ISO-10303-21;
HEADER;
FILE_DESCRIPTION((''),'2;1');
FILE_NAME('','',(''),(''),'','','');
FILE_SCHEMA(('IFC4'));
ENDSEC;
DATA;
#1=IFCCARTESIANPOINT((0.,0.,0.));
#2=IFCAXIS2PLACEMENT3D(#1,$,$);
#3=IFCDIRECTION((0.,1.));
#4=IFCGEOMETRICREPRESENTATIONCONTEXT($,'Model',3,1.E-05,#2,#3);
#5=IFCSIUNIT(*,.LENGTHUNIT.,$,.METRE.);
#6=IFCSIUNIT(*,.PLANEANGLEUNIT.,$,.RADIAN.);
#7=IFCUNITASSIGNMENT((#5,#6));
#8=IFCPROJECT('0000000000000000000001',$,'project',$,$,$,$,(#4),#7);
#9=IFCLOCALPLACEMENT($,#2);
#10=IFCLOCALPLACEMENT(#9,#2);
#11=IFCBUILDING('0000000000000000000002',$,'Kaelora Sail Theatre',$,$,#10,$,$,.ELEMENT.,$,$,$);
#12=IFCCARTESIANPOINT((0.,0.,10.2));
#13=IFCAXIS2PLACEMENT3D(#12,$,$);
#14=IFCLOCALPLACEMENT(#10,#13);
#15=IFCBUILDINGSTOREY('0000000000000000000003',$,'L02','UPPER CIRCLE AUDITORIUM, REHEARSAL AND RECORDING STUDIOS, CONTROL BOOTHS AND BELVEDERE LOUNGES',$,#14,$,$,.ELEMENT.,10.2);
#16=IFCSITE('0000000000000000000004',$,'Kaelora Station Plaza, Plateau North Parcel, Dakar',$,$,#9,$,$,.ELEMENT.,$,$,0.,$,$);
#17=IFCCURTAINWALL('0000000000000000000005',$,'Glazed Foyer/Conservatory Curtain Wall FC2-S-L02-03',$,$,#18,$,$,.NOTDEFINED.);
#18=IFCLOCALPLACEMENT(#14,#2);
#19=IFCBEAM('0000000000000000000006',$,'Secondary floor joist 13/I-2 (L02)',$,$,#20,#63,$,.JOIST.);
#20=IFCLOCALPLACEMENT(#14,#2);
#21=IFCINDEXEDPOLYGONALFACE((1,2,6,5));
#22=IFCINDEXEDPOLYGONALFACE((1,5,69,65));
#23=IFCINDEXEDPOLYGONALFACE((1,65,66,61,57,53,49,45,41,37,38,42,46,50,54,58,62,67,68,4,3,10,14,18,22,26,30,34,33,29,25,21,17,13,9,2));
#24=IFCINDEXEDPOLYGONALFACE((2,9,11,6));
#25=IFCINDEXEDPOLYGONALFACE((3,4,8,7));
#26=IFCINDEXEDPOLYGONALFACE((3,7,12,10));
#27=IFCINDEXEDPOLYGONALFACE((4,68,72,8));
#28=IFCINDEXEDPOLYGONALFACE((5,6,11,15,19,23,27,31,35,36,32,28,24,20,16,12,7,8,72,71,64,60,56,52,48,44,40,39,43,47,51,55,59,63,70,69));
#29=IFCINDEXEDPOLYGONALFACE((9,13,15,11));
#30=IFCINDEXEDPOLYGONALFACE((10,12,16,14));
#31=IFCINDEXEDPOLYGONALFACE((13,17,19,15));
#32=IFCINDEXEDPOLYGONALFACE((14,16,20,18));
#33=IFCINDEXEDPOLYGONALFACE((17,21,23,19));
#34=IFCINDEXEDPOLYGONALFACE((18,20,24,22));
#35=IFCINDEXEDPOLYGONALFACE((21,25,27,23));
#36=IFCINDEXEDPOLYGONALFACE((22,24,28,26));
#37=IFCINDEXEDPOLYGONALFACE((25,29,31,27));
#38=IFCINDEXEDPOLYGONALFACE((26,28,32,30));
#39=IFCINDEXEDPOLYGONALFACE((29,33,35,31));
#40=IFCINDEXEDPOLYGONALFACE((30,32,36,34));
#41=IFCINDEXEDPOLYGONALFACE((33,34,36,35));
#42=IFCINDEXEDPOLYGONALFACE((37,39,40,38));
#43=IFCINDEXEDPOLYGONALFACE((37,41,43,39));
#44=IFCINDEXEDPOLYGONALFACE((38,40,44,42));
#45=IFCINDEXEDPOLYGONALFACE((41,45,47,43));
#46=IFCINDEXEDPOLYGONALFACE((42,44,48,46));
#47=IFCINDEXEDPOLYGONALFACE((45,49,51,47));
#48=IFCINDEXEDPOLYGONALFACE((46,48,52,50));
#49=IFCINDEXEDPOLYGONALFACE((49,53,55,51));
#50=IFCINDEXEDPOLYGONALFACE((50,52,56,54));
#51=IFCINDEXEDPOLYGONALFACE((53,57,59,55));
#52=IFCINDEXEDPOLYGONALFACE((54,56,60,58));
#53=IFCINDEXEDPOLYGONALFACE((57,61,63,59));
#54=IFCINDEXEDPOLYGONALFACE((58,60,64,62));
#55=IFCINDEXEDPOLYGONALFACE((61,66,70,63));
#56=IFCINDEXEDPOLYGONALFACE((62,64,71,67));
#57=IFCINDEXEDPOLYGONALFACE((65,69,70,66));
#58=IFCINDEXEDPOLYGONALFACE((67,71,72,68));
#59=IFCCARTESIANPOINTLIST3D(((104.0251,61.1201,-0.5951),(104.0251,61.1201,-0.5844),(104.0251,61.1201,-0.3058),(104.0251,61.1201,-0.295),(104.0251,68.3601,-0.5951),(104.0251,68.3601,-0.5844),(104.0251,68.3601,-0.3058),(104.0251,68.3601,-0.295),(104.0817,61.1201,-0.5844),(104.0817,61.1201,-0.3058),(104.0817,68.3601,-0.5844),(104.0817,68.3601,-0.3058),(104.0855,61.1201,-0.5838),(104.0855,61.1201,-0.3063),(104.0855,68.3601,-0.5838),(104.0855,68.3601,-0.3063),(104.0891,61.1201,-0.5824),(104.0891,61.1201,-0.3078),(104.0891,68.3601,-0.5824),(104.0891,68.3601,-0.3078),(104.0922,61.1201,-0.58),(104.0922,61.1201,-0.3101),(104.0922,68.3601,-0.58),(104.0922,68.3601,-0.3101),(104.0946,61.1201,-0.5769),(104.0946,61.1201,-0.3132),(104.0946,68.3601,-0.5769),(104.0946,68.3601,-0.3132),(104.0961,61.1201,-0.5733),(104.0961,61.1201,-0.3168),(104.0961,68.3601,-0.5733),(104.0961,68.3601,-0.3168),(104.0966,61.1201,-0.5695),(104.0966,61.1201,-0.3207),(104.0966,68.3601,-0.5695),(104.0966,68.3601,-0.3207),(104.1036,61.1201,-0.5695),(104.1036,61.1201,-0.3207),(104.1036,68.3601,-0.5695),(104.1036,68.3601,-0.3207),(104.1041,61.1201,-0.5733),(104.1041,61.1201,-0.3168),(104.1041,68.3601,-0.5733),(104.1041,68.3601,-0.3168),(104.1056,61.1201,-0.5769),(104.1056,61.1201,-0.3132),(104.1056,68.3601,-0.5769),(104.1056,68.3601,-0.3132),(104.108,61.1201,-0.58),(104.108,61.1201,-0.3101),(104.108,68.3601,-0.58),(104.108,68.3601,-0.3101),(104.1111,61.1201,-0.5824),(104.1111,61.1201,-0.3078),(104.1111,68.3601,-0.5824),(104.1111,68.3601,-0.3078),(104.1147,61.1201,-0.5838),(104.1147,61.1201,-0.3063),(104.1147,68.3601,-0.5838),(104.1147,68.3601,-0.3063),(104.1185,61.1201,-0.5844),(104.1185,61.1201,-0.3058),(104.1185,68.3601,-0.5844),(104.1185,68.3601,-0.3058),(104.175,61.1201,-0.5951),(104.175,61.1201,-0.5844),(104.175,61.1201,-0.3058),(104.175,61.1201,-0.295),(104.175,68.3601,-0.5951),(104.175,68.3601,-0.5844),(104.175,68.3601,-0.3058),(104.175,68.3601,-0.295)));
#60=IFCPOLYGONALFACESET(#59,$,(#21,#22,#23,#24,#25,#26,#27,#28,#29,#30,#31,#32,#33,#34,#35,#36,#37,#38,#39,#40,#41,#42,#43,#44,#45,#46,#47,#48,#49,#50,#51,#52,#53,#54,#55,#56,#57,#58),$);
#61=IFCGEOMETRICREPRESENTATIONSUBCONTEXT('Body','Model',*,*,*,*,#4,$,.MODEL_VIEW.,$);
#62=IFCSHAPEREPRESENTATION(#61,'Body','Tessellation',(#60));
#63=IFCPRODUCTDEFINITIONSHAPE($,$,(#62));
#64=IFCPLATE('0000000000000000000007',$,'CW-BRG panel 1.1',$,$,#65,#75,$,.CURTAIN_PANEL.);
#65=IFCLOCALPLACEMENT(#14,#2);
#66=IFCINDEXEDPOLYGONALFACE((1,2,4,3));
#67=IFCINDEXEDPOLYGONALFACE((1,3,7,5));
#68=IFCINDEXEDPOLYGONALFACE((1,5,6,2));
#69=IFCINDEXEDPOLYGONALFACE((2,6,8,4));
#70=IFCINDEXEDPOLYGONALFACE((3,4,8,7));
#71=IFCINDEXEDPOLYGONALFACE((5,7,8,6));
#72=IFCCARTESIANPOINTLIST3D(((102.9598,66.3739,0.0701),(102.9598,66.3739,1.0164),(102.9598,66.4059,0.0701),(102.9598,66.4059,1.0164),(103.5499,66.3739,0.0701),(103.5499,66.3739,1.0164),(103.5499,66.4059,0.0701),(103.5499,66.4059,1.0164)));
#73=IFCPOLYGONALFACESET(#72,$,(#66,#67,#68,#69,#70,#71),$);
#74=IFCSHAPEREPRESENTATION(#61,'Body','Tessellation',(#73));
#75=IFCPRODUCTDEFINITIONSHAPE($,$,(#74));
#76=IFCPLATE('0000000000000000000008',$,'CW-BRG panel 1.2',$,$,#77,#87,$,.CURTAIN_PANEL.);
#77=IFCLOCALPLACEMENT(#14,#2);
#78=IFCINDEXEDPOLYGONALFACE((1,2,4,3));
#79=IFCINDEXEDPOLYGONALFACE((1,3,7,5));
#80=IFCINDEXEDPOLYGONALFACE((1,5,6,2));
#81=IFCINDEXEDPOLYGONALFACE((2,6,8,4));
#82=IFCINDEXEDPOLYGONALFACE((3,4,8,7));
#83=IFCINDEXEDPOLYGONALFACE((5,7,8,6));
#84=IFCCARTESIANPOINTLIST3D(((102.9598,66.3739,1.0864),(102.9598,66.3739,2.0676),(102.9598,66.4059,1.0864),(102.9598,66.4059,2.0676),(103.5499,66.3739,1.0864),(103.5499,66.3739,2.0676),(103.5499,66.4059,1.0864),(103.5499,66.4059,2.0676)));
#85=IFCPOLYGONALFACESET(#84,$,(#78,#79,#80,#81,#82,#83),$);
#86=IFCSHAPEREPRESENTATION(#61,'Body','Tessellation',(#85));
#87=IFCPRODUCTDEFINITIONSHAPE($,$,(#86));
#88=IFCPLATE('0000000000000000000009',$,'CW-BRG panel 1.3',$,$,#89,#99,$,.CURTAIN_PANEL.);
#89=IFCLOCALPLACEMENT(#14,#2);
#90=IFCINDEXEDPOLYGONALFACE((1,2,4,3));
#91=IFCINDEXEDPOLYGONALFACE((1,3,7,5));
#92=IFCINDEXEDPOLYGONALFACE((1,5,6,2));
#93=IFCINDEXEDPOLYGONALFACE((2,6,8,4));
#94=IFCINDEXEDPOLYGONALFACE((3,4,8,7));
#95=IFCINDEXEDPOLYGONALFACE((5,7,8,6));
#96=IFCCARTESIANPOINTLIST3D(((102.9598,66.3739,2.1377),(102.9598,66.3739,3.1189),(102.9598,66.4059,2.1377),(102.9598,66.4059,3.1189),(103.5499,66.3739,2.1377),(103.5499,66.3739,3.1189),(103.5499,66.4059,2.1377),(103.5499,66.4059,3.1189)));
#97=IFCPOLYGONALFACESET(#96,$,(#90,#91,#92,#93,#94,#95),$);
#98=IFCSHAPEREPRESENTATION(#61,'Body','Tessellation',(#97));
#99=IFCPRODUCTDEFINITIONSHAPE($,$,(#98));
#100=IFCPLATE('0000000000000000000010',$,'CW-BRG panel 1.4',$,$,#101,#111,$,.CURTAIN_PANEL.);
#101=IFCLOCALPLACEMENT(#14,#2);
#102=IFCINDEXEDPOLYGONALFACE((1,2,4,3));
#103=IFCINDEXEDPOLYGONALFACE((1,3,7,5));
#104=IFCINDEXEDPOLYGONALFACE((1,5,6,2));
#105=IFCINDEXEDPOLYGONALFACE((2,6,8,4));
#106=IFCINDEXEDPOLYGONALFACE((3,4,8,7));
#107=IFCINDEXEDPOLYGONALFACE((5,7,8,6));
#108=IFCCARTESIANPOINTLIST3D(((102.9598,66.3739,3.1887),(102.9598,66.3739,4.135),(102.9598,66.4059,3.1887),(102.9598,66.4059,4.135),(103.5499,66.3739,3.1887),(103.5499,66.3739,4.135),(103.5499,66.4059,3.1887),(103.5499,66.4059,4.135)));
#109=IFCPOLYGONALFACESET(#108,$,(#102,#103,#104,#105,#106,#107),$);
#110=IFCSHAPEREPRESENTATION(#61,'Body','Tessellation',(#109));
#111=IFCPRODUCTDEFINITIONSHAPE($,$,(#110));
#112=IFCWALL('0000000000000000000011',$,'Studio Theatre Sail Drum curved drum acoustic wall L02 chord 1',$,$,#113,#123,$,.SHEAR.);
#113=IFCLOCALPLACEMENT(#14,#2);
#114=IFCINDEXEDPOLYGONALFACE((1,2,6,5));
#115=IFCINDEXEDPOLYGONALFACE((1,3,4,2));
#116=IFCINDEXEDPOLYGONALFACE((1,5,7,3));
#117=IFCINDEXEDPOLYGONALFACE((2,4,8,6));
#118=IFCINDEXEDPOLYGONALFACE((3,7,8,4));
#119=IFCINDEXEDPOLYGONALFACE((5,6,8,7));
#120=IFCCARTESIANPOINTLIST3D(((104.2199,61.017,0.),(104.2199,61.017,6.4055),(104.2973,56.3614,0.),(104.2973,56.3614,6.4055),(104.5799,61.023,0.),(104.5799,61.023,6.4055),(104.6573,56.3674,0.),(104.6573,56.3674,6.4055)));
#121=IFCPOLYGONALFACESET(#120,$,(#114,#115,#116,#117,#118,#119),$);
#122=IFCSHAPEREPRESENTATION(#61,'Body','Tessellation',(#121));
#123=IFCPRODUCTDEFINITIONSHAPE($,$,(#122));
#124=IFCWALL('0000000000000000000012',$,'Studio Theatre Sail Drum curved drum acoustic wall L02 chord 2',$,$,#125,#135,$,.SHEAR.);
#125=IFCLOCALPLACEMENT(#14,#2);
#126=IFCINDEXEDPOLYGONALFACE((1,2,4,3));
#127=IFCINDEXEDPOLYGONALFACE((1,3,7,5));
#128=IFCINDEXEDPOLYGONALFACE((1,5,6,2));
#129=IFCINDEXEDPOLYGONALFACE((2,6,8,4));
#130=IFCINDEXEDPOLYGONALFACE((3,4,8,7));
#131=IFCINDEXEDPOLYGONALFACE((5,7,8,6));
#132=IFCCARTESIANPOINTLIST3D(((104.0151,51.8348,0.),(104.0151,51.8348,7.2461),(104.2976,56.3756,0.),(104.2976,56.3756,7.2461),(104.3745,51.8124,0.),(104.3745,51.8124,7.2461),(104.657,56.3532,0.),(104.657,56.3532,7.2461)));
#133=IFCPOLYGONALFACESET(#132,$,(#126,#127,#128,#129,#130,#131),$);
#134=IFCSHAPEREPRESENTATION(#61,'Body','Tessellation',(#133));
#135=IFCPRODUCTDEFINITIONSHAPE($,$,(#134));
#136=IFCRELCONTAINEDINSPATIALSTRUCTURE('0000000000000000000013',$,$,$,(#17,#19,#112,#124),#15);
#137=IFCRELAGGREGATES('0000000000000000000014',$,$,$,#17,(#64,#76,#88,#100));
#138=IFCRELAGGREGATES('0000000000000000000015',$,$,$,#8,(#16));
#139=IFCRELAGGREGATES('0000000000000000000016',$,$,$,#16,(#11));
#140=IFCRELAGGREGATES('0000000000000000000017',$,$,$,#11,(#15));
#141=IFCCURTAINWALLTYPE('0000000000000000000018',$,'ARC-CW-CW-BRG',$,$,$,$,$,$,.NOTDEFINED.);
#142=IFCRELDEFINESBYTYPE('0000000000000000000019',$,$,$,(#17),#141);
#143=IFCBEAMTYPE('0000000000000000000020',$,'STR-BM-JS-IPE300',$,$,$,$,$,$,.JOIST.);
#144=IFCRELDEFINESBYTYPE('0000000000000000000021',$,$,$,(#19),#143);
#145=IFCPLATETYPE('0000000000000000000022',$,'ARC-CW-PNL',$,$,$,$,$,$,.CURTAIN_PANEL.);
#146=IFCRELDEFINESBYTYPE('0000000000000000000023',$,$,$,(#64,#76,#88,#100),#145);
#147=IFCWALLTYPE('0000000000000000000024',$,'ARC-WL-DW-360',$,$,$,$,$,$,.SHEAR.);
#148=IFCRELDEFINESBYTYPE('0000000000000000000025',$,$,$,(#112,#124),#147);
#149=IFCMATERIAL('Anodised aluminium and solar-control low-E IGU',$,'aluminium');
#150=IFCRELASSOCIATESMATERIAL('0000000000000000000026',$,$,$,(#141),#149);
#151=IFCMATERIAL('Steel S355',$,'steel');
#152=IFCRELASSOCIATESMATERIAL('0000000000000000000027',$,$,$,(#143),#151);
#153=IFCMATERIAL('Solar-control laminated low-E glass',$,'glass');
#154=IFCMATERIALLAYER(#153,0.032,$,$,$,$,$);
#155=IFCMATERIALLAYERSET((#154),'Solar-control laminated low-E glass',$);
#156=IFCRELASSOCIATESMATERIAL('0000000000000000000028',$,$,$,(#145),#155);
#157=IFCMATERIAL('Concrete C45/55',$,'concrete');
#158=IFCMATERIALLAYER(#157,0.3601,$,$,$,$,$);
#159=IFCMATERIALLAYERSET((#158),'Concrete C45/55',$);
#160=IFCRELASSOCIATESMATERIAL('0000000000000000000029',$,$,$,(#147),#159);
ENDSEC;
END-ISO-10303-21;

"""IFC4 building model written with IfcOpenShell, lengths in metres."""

from ifc_helpers import new_model, si_unit, direction, frame, frame_2d, origin, origin_2d, place, context, subcontext, project, spatial, rectangle, i_section, extrude, material, layer, layer_set, material_profile, profile_set, type_object, element, aggregate, save


model = new_model("IFC4")

# Units and contexts
model_context = context("Model", 3, precision=1e-05, world=origin(), true_north=direction((0.0, 1.0)))
body_context = subcontext(model_context, "Body", "Model", "MODEL_VIEW")
ifc_project = project(units=[si_unit("LENGTHUNIT", "METRE"), si_unit("PLANEANGLEUNIT", "RADIAN")], contexts=[model_context])

# Site, building, storey
site_placement = place(None, origin())
site = spatial("IfcSite", under=ifc_project, at=site_placement, Name="Kaelora Station Plaza, Plateau North Parcel, Dakar", CompositionType="ELEMENT", RefElevation=0.0)
building_placement = place(site_placement, origin())
building = spatial("IfcBuilding", under=site, at=building_placement, Name="Kaelora Sail Theatre", CompositionType="ELEMENT")
storey_placement = place(building_placement, frame((0.0, 0.0, 10.2)))
storey = spatial("IfcBuildingStorey", under=building, at=storey_placement, Name="L02", Description="UPPER CIRCLE AUDITORIUM, REHEARSAL AND RECORDING STUDIOS, CONTROL BOOTHS AND BELVEDERE LOUNGES", CompositionType="ELEMENT", Elevation=10.2)

# Shared definitions
ifc_material_1 = material(Name="Anodised aluminium and solar-control low-E IGU", Category="aluminium")
curtain_wall_type = type_object("IfcCurtainWallType", Name="ARC-CW-CW-BRG", PredefinedType="NOTDEFINED", material=ifc_material_1)

# Curtain wall
curtain_wall_1_placement = place(storey_placement, origin())
curtain_wall_1 = element("IfcCurtainWall", 1, at=curtain_wall_1_placement, inside=storey, type_object=curtain_wall_type, Name="Glazed Foyer/Conservatory Curtain Wall FC2-S-L02-03", PredefinedType="NOTDEFINED")

# Beam
ifc_material_2 = material(Name="Steel S355", Category="steel")
ifc_material_profile_1 = material_profile(ifc_material_2, i_section(OverallWidth=0.1499, OverallDepth=0.3, WebThickness=0.0071, FlangeThickness=0.0107, FilletRadius=0.0149, at=origin_2d()), Name="IPE 300")
ifc_profile_set_1 = profile_set([ifc_material_profile_1], Name="Steel S355")
beam_type_1 = type_object("IfcBeamType", Name="STR-BM-JS-IPE300", PredefinedType="JOIST", material=ifc_profile_set_1)
beam_1_placement = place(storey_placement, frame((104.1001, 61.1201, -0.4451), z_axis=(0.0, 1.0, 0.0), x_axis=(-1.0, 0.0, 0.0)))
element("IfcBeam", 2, at=beam_1_placement, inside=storey, type_object=beam_type_1, Name="Secondary floor joist 13/I-2 (L02)", PredefinedType="JOIST", context=body_context, shape_type="SweptSolid", body=[
    extrude(i_section(OverallWidth=0.1499, OverallDepth=0.3, WebThickness=0.0071, FlangeThickness=0.0107, FilletRadius=0.0149, at=origin_2d()), origin(), (0.0, 0.0, 1.0), 7.24),
])

# Plates
ifc_material_3 = material(Name="Solar-control laminated low-E glass", Category="glass")
ifc_layer_1 = layer(ifc_material_3, 0.032)
ifc_layer_set_1 = layer_set([ifc_layer_1], Name="Solar-control laminated low-E glass")
plate_type = type_object("IfcPlateType", Name="ARC-CW-PNL", PredefinedType="CURTAIN_PANEL", material=ifc_layer_set_1)
plate_1_placement = place(storey_placement, frame((103.2549, 66.3899, 0.0701), z_axis=(0.0, 0.0, 1.0), x_axis=(1.0, 0.0, 0.0)))
plate_1 = element("IfcPlate", 3, at=plate_1_placement, type_object=plate_type, Name="CW-BRG panel 1.1", PredefinedType="CURTAIN_PANEL", context=body_context, shape_type="SweptSolid", body=[
    extrude(rectangle(XDim=0.5901, YDim=0.032, at=origin_2d()), origin(), (0.0, 0.0, 1.0), 0.9463),
])
plate_2_placement = place(storey_placement, frame((103.2549, 66.3899, 1.0864), z_axis=(0.0, 0.0, 1.0), x_axis=(1.0, 0.0, 0.0)))
plate_2 = element("IfcPlate", 4, at=plate_2_placement, type_object=plate_type, Name="CW-BRG panel 1.2", PredefinedType="CURTAIN_PANEL", context=body_context, shape_type="SweptSolid", body=[
    extrude(rectangle(XDim=0.5901, YDim=0.032, at=origin_2d()), origin(), (0.0, 0.0, 1.0), 0.9812),
])
plate_3_placement = place(storey_placement, frame((103.2549, 66.3899, 2.1377), z_axis=(0.0, 0.0, 1.0), x_axis=(1.0, 0.0, 0.0)))
plate_3 = element("IfcPlate", 5, at=plate_3_placement, type_object=plate_type, Name="CW-BRG panel 1.3", PredefinedType="CURTAIN_PANEL", context=body_context, shape_type="SweptSolid", body=[
    extrude(rectangle(XDim=0.5901, YDim=0.032, at=origin_2d()), origin(), (0.0, 0.0, 1.0), 0.9812),
])
plate_4_placement = place(storey_placement, frame((103.2549, 66.3899, 3.1887), z_axis=(0.0, 0.0, 1.0), x_axis=(1.0, 0.0, 0.0)))
plate_4 = element("IfcPlate", 6, at=plate_4_placement, type_object=plate_type, Name="CW-BRG panel 1.4", PredefinedType="CURTAIN_PANEL", context=body_context, shape_type="SweptSolid", body=[
    extrude(rectangle(XDim=0.5901, YDim=0.032, at=origin_2d()), origin(), (0.0, 0.0, 1.0), 0.9463),
])
aggregate(curtain_wall_1, [plate_1, plate_2, plate_3, plate_4])

# Walls
ifc_material_4 = material(Name="Concrete C45/55", Category="concrete")
ifc_layer_2 = layer(ifc_material_4, 0.3601)
ifc_layer_set_2 = layer_set([ifc_layer_2], Name="Concrete C45/55")
wall_type = type_object("IfcWallType", Name="ARC-WL-DW-360", PredefinedType="SHEAR", material=ifc_layer_set_2)
wall_1_placement = place(storey_placement, frame((104.3999, 61.02, 0.0), z_axis=(0.0, 0.0, 1.0), x_axis=(0.016622, -0.999862, 0.0)))
element("IfcWall", 7, at=wall_1_placement, inside=storey, type_object=wall_type, Name="Studio Theatre Sail Drum curved drum acoustic wall L02 chord 1", PredefinedType="SHEAR", context=body_context, shape_type="SweptSolid", body=[
    extrude(rectangle(XDim=4.6562, YDim=0.3601, at=frame_2d((2.3281, 0.0))), origin(), (0.0, 0.0, 1.0), 6.4055),
])
wall_2_placement = place(storey_placement, frame((104.4773, 56.3645, 0.0), z_axis=(0.0, 0.0, 1.0), x_axis=(-0.062088, -0.998071, 0.0)))
element("IfcWall", 8, at=wall_2_placement, inside=storey, type_object=wall_type, Name="Studio Theatre Sail Drum curved drum acoustic wall L02 chord 2", PredefinedType="SHEAR", context=body_context, shape_type="SweptSolid", body=[
    extrude(rectangle(XDim=4.5496, YDim=0.3601, at=frame_2d((2.2749, 0.0))), origin(), (0.0, 0.0, 1.0), 7.2461),
])

save(model, "model.ifc")
